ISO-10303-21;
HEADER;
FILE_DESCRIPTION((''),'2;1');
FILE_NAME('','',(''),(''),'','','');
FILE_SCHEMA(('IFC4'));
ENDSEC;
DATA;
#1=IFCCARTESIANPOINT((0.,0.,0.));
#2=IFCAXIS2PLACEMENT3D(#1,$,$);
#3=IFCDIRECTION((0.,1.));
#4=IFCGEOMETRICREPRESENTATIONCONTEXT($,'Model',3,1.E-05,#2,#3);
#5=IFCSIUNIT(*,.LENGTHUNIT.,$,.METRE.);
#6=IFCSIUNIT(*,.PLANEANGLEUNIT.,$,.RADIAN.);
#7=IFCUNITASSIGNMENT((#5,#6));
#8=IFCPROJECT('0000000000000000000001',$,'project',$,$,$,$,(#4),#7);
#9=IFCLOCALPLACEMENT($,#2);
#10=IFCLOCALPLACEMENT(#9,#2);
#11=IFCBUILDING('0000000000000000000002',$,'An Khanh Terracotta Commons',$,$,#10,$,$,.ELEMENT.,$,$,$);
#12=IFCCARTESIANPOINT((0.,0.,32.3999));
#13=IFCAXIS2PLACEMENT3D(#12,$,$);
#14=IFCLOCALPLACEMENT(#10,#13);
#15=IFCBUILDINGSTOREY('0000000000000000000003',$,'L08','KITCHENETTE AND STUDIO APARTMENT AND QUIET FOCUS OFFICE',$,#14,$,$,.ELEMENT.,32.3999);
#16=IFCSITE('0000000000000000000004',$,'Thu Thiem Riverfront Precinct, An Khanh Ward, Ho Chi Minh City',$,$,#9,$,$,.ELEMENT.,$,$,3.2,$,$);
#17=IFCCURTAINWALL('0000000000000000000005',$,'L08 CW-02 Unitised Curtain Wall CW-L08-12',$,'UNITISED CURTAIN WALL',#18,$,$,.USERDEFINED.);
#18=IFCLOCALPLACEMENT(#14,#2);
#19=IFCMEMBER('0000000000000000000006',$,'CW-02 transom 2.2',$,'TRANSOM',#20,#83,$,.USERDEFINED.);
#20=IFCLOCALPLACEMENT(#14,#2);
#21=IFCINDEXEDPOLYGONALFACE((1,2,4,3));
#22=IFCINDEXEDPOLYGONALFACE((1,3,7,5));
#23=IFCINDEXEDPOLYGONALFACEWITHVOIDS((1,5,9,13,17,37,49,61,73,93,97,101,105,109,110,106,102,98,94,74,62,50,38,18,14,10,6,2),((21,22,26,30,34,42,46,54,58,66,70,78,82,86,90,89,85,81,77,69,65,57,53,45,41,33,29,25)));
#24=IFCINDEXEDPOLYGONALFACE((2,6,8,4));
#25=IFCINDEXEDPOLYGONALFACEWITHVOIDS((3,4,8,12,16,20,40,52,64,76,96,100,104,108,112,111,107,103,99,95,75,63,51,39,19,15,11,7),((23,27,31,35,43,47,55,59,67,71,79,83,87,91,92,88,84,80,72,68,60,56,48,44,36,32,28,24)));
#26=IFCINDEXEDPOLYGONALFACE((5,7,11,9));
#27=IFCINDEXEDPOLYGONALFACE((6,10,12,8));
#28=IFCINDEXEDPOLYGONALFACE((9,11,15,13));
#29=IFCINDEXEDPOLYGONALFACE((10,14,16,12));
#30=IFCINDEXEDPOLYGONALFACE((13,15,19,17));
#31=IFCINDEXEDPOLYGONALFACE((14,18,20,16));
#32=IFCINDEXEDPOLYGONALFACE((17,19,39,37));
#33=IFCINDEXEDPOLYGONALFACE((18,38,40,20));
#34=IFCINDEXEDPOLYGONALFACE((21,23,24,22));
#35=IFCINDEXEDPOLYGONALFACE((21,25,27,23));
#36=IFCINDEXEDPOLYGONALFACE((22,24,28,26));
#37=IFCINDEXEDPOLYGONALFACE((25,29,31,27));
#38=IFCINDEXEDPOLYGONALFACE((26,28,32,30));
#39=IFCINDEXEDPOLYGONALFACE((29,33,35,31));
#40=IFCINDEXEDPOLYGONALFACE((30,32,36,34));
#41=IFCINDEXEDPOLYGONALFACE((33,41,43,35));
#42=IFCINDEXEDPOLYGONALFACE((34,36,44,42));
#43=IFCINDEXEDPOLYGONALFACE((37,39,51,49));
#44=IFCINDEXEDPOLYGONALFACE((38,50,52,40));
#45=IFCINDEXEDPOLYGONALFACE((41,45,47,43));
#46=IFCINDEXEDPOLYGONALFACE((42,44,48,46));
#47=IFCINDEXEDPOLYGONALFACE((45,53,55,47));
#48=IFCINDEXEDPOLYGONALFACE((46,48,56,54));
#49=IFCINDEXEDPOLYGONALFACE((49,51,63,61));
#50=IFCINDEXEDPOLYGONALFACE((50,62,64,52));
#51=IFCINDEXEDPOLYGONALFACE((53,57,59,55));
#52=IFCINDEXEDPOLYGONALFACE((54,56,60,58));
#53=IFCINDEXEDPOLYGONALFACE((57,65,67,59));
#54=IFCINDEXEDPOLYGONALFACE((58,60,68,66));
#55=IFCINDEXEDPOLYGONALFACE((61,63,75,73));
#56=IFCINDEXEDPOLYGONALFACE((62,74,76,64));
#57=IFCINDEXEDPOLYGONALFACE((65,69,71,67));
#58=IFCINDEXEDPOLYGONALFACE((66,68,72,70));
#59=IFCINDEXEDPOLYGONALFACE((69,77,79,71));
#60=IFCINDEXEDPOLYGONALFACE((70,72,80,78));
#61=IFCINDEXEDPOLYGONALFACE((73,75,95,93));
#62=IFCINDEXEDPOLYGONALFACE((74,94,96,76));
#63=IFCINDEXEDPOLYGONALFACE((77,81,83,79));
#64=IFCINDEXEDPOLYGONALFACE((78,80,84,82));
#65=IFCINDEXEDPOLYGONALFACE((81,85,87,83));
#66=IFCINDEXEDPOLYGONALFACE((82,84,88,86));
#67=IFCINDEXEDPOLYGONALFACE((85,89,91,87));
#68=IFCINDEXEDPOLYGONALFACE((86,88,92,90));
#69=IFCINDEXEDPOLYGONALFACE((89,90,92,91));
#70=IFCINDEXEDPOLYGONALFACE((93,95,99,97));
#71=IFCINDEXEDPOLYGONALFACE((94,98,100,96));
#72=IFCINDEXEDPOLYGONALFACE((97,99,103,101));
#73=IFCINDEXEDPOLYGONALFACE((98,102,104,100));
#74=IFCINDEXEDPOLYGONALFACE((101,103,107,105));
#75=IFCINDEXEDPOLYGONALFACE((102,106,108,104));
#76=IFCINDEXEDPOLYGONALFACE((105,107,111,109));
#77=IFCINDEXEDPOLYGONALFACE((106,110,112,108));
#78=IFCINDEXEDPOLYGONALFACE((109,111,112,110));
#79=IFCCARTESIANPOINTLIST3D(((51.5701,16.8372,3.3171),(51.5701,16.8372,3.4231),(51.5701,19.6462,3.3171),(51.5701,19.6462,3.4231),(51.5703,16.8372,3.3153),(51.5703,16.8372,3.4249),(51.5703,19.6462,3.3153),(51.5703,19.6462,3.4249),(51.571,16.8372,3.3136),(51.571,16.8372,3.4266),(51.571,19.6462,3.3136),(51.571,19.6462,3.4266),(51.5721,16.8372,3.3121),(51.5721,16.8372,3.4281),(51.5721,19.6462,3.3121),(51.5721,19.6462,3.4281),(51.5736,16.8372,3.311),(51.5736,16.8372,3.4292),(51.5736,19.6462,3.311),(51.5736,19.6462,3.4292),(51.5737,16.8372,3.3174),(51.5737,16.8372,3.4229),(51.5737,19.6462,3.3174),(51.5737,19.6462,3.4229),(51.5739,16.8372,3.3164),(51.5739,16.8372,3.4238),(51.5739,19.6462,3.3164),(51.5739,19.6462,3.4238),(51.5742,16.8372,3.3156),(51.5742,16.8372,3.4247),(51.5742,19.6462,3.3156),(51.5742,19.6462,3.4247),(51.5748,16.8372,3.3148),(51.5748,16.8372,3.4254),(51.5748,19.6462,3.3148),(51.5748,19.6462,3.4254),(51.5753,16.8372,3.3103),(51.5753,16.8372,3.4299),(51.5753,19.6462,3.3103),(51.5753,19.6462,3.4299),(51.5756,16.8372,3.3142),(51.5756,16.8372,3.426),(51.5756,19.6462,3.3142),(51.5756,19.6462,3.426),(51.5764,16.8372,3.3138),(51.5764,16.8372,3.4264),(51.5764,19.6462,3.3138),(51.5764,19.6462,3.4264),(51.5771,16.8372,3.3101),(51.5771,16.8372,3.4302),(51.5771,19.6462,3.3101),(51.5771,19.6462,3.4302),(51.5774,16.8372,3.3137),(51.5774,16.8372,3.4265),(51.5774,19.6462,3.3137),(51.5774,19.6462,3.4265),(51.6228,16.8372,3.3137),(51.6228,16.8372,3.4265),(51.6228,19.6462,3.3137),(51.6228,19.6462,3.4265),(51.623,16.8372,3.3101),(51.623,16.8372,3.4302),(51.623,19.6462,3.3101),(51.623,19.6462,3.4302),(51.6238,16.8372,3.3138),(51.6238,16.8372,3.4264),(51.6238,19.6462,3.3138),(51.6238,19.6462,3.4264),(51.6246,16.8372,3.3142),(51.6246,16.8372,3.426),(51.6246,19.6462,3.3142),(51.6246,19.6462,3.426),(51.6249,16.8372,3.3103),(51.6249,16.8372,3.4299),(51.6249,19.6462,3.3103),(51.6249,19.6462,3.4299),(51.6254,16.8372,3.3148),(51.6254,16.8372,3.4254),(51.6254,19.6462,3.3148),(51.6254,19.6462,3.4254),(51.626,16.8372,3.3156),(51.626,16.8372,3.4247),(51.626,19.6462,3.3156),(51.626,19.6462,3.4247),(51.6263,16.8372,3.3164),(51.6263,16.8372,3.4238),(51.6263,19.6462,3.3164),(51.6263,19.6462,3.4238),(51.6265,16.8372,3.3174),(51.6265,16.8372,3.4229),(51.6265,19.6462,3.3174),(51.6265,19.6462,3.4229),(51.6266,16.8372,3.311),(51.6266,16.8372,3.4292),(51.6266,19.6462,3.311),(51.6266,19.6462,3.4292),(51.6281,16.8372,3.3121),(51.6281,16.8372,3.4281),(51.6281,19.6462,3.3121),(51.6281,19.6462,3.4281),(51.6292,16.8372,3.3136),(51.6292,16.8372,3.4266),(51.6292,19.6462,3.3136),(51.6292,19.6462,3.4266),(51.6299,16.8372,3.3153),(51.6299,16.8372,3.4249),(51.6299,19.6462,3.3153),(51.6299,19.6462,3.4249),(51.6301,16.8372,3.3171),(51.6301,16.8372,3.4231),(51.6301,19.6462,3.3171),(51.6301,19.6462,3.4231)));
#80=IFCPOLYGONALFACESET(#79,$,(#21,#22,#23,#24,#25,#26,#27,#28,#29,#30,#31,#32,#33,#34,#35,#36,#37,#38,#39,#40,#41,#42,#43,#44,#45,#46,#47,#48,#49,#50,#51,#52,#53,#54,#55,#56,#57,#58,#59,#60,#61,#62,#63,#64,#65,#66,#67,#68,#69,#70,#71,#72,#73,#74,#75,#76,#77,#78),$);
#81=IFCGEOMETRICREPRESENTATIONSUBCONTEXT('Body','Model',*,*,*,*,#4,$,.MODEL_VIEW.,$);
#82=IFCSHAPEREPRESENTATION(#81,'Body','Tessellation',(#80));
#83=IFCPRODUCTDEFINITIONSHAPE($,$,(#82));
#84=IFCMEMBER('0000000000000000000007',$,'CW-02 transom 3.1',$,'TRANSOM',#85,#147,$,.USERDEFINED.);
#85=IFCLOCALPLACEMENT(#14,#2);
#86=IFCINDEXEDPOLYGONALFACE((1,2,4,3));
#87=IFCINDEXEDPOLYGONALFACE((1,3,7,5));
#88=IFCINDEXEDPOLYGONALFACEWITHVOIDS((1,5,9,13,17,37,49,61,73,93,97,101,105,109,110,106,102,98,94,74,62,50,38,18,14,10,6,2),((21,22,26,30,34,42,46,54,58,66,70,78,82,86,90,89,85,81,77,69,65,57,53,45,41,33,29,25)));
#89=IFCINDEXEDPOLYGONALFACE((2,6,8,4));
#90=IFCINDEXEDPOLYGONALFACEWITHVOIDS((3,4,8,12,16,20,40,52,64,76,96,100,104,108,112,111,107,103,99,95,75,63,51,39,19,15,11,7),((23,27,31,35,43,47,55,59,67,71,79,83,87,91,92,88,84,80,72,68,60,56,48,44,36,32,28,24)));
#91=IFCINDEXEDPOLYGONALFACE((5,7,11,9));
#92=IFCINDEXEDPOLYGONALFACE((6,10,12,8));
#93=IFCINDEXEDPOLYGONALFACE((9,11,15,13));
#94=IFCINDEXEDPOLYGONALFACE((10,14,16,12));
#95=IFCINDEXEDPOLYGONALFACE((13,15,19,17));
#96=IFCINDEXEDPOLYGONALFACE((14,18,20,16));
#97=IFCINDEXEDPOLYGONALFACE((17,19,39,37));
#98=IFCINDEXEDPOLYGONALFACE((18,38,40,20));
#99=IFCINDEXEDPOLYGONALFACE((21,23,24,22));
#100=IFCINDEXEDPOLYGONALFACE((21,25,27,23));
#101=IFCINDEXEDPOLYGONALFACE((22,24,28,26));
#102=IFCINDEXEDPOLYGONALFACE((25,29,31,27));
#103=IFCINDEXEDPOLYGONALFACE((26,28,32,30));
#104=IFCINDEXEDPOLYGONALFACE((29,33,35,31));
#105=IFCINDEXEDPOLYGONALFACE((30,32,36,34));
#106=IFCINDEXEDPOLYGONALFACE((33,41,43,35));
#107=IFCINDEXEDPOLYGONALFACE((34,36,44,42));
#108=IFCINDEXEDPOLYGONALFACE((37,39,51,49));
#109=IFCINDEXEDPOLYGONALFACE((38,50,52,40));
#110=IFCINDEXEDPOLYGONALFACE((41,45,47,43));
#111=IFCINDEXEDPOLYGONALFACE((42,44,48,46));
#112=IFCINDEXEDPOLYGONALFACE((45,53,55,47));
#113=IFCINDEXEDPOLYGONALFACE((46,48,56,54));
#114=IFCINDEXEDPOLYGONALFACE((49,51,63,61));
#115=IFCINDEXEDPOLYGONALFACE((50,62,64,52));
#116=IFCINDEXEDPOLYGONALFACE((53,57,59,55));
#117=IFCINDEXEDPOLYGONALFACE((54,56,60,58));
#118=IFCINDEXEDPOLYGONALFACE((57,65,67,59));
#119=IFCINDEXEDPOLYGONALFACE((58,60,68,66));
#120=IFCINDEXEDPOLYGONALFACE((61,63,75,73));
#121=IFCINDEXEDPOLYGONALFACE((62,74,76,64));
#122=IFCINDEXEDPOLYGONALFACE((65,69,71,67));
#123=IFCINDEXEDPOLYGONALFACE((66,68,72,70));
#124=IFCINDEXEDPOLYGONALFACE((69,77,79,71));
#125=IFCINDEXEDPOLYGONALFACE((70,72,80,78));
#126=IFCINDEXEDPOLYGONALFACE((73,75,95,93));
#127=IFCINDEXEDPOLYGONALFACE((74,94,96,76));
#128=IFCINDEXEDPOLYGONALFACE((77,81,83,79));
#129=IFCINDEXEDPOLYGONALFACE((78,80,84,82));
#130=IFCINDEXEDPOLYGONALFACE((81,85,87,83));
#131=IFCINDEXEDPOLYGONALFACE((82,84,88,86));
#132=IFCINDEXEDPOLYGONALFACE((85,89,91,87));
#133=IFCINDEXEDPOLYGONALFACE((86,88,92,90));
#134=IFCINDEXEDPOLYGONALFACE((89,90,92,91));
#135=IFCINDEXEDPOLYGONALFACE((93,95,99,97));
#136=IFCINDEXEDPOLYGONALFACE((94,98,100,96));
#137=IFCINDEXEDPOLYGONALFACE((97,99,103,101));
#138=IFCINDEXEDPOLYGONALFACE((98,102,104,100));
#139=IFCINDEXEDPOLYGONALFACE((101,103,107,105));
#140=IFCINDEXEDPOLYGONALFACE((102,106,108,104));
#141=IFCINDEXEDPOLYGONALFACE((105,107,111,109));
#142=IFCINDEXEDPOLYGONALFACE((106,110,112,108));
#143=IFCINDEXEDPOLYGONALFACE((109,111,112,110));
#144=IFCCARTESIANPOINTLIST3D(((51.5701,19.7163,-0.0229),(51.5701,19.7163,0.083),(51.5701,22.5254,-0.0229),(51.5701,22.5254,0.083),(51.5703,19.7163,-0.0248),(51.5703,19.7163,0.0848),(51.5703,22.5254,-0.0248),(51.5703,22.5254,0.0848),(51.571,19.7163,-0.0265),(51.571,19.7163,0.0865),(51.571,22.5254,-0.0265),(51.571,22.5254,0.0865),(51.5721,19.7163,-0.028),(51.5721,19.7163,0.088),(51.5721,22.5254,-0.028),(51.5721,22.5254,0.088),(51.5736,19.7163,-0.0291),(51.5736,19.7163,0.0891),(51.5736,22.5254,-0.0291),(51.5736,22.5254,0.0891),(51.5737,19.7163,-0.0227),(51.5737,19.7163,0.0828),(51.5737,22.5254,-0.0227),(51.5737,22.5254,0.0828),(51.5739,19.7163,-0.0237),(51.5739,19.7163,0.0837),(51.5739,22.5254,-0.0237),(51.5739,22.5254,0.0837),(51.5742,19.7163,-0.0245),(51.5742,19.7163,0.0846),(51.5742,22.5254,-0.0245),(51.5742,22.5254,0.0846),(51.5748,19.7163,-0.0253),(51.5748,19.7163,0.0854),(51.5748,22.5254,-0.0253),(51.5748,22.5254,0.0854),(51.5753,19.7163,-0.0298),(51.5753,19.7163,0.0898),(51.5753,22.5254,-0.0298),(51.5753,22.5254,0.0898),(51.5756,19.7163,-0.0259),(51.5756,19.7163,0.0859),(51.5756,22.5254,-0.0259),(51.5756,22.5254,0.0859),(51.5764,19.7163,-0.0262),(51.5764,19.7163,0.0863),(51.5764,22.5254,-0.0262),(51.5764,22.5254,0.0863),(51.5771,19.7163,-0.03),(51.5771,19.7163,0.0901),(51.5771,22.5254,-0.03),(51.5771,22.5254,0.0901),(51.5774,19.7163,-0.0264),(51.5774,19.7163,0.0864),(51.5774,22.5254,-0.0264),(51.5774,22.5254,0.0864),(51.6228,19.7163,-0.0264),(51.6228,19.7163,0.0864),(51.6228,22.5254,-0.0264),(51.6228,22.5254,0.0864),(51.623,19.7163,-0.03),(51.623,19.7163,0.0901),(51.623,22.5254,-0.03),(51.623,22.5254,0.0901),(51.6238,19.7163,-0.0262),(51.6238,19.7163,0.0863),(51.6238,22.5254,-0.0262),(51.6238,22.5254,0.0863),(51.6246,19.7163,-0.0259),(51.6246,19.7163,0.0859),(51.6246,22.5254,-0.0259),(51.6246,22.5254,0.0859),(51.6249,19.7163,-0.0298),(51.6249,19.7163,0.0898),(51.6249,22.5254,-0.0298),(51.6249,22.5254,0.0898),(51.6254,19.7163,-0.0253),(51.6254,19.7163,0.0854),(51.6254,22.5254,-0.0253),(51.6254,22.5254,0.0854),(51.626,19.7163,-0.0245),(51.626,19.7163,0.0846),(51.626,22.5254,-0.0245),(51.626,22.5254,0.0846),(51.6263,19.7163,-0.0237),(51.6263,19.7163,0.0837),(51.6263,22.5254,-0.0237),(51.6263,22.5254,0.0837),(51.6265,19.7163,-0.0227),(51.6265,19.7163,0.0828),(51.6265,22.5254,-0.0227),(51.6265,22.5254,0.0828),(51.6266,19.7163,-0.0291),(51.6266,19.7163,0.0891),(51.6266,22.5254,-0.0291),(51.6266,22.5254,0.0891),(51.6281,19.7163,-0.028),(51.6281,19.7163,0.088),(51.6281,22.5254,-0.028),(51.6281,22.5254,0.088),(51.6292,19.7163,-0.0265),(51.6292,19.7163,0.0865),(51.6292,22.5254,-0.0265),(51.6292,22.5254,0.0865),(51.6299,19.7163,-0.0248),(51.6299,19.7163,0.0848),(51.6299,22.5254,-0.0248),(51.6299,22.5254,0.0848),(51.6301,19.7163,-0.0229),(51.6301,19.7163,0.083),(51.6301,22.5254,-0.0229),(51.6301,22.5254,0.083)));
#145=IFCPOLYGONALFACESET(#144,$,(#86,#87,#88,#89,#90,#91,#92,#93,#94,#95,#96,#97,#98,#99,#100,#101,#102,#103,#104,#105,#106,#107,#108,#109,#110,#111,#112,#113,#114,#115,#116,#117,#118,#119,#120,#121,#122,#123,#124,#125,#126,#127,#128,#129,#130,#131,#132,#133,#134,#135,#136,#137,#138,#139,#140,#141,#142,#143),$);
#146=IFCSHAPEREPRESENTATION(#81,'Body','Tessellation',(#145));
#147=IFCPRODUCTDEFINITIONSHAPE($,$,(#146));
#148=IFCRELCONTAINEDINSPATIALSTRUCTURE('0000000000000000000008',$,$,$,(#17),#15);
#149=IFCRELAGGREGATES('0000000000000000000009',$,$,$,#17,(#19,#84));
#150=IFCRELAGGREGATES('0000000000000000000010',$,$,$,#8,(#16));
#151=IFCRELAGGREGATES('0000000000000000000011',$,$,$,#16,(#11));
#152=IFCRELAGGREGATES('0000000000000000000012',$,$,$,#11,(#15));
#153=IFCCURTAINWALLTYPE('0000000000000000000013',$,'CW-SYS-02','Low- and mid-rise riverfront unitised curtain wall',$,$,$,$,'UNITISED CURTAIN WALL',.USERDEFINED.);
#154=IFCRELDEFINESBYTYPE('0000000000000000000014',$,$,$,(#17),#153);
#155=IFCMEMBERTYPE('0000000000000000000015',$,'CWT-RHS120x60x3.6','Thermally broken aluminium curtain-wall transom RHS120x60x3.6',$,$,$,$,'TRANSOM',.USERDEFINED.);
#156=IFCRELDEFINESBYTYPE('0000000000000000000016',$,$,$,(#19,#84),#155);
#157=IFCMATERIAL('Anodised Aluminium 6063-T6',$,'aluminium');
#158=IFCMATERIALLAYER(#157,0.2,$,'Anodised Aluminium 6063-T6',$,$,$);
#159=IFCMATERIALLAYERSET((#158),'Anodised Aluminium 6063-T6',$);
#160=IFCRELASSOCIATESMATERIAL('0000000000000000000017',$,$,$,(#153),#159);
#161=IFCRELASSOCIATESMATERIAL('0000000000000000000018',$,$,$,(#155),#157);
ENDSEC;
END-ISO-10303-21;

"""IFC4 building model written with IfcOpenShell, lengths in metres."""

from ifc_helpers import new_model, si_unit, direction, frame, origin, origin_2d, place, context, subcontext, project, spatial, hollow_rectangle, extrude, material, layer, layer_set, material_profile, profile_set, type_object, element, aggregate, save


model = new_model("IFC4")

# Units and contexts
model_context = context("Model", 3, precision=1e-05, world=origin(), true_north=direction((0.0, 1.0)))
body_context = subcontext(model_context, "Body", "Model", "MODEL_VIEW")
ifc_project = project(units=[si_unit("LENGTHUNIT", "METRE"), si_unit("PLANEANGLEUNIT", "RADIAN")], contexts=[model_context])

# Site, building, storey
site_placement = place(None, origin())
site = spatial("IfcSite", under=ifc_project, at=site_placement, Name="Thu Thiem Riverfront Precinct, An Khanh Ward, Ho Chi Minh City", CompositionType="ELEMENT", RefElevation=3.2)
building_placement = place(site_placement, origin())
building = spatial("IfcBuilding", under=site, at=building_placement, Name="An Khanh Terracotta Commons", CompositionType="ELEMENT")
storey_placement = place(building_placement, frame((0.0, 0.0, 32.3999)))
storey = spatial("IfcBuildingStorey", under=building, at=storey_placement, Name="L08", Description="KITCHENETTE AND STUDIO APARTMENT AND QUIET FOCUS OFFICE", CompositionType="ELEMENT", Elevation=32.3999)

# Curtain wall, members
ifc_material_1 = material(Name="Anodised Aluminium 6063-T6", Category="aluminium")
ifc_layer_1 = layer(ifc_material_1, 0.2, Name="Anodised Aluminium 6063-T6")
ifc_layer_set_1 = layer_set([ifc_layer_1], Name="Anodised Aluminium 6063-T6")
curtain_wall_type = type_object("IfcCurtainWallType", Name="CW-SYS-02", Description="Low- and mid-rise riverfront unitised curtain wall", ElementType="UNITISED CURTAIN WALL", PredefinedType="USERDEFINED", material=ifc_layer_set_1)
curtain_wall_placement = place(storey_placement, origin())
curtain_wall = element("IfcCurtainWall", 1, at=curtain_wall_placement, inside=storey, type_object=curtain_wall_type, Name="L08 CW-02 Unitised Curtain Wall CW-L08-12", ObjectType="UNITISED CURTAIN WALL", PredefinedType="USERDEFINED")
ifc_material_profile_1 = material_profile(ifc_material_1, hollow_rectangle(XDim=0.0601, YDim=0.1201, WallThickness=0.0037, InnerFilletRadius=0.0037, OuterFilletRadius=0.0071, at=origin_2d()), Name="RHS120x60x3.6")
ifc_profile_set_1 = profile_set([ifc_material_profile_1], Name="Anodised Aluminium 6063-T6")
member_type_1 = type_object("IfcMemberType", Name="CWT-RHS120x60x3.6", Description="Thermally broken aluminium curtain-wall transom RHS120x60x3.6", ElementType="TRANSOM", PredefinedType="USERDEFINED", material=ifc_profile_set_1)
member_1_placement = place(storey_placement, frame((51.6001, 16.8372, 3.3701), z_axis=(0.0, 1.0, 0.0), x_axis=(-1.0, 0.0, 0.0)))
member_1 = element("IfcMember", 2, at=member_1_placement, type_object=member_type_1, Name="CW-02 transom 2.2", ObjectType="TRANSOM", PredefinedType="USERDEFINED", context=body_context, shape_type="SweptSolid", body=[
    extrude(hollow_rectangle(XDim=0.0601, YDim=0.1201, WallThickness=0.0037, InnerFilletRadius=0.0037, OuterFilletRadius=0.0071, at=origin_2d()), origin(), (0.0, 0.0, 1.0), 2.8091),
])
member_2_placement = place(storey_placement, frame((51.6001, 19.7163, 0.03), z_axis=(0.0, 1.0, 0.0), x_axis=(-1.0, 0.0, 0.0)))
member_2 = element("IfcMember", 3, at=member_2_placement, type_object=member_type_1, Name="CW-02 transom 3.1", ObjectType="TRANSOM", PredefinedType="USERDEFINED", context=body_context, shape_type="SweptSolid", body=[
    extrude(hollow_rectangle(XDim=0.0601, YDim=0.1201, WallThickness=0.0037, InnerFilletRadius=0.0037, OuterFilletRadius=0.0071, at=origin_2d()), origin(), (0.0, 0.0, 1.0), 2.8091),
])
aggregate(curtain_wall, [member_1, member_2])

save(model, "model.ifc")
